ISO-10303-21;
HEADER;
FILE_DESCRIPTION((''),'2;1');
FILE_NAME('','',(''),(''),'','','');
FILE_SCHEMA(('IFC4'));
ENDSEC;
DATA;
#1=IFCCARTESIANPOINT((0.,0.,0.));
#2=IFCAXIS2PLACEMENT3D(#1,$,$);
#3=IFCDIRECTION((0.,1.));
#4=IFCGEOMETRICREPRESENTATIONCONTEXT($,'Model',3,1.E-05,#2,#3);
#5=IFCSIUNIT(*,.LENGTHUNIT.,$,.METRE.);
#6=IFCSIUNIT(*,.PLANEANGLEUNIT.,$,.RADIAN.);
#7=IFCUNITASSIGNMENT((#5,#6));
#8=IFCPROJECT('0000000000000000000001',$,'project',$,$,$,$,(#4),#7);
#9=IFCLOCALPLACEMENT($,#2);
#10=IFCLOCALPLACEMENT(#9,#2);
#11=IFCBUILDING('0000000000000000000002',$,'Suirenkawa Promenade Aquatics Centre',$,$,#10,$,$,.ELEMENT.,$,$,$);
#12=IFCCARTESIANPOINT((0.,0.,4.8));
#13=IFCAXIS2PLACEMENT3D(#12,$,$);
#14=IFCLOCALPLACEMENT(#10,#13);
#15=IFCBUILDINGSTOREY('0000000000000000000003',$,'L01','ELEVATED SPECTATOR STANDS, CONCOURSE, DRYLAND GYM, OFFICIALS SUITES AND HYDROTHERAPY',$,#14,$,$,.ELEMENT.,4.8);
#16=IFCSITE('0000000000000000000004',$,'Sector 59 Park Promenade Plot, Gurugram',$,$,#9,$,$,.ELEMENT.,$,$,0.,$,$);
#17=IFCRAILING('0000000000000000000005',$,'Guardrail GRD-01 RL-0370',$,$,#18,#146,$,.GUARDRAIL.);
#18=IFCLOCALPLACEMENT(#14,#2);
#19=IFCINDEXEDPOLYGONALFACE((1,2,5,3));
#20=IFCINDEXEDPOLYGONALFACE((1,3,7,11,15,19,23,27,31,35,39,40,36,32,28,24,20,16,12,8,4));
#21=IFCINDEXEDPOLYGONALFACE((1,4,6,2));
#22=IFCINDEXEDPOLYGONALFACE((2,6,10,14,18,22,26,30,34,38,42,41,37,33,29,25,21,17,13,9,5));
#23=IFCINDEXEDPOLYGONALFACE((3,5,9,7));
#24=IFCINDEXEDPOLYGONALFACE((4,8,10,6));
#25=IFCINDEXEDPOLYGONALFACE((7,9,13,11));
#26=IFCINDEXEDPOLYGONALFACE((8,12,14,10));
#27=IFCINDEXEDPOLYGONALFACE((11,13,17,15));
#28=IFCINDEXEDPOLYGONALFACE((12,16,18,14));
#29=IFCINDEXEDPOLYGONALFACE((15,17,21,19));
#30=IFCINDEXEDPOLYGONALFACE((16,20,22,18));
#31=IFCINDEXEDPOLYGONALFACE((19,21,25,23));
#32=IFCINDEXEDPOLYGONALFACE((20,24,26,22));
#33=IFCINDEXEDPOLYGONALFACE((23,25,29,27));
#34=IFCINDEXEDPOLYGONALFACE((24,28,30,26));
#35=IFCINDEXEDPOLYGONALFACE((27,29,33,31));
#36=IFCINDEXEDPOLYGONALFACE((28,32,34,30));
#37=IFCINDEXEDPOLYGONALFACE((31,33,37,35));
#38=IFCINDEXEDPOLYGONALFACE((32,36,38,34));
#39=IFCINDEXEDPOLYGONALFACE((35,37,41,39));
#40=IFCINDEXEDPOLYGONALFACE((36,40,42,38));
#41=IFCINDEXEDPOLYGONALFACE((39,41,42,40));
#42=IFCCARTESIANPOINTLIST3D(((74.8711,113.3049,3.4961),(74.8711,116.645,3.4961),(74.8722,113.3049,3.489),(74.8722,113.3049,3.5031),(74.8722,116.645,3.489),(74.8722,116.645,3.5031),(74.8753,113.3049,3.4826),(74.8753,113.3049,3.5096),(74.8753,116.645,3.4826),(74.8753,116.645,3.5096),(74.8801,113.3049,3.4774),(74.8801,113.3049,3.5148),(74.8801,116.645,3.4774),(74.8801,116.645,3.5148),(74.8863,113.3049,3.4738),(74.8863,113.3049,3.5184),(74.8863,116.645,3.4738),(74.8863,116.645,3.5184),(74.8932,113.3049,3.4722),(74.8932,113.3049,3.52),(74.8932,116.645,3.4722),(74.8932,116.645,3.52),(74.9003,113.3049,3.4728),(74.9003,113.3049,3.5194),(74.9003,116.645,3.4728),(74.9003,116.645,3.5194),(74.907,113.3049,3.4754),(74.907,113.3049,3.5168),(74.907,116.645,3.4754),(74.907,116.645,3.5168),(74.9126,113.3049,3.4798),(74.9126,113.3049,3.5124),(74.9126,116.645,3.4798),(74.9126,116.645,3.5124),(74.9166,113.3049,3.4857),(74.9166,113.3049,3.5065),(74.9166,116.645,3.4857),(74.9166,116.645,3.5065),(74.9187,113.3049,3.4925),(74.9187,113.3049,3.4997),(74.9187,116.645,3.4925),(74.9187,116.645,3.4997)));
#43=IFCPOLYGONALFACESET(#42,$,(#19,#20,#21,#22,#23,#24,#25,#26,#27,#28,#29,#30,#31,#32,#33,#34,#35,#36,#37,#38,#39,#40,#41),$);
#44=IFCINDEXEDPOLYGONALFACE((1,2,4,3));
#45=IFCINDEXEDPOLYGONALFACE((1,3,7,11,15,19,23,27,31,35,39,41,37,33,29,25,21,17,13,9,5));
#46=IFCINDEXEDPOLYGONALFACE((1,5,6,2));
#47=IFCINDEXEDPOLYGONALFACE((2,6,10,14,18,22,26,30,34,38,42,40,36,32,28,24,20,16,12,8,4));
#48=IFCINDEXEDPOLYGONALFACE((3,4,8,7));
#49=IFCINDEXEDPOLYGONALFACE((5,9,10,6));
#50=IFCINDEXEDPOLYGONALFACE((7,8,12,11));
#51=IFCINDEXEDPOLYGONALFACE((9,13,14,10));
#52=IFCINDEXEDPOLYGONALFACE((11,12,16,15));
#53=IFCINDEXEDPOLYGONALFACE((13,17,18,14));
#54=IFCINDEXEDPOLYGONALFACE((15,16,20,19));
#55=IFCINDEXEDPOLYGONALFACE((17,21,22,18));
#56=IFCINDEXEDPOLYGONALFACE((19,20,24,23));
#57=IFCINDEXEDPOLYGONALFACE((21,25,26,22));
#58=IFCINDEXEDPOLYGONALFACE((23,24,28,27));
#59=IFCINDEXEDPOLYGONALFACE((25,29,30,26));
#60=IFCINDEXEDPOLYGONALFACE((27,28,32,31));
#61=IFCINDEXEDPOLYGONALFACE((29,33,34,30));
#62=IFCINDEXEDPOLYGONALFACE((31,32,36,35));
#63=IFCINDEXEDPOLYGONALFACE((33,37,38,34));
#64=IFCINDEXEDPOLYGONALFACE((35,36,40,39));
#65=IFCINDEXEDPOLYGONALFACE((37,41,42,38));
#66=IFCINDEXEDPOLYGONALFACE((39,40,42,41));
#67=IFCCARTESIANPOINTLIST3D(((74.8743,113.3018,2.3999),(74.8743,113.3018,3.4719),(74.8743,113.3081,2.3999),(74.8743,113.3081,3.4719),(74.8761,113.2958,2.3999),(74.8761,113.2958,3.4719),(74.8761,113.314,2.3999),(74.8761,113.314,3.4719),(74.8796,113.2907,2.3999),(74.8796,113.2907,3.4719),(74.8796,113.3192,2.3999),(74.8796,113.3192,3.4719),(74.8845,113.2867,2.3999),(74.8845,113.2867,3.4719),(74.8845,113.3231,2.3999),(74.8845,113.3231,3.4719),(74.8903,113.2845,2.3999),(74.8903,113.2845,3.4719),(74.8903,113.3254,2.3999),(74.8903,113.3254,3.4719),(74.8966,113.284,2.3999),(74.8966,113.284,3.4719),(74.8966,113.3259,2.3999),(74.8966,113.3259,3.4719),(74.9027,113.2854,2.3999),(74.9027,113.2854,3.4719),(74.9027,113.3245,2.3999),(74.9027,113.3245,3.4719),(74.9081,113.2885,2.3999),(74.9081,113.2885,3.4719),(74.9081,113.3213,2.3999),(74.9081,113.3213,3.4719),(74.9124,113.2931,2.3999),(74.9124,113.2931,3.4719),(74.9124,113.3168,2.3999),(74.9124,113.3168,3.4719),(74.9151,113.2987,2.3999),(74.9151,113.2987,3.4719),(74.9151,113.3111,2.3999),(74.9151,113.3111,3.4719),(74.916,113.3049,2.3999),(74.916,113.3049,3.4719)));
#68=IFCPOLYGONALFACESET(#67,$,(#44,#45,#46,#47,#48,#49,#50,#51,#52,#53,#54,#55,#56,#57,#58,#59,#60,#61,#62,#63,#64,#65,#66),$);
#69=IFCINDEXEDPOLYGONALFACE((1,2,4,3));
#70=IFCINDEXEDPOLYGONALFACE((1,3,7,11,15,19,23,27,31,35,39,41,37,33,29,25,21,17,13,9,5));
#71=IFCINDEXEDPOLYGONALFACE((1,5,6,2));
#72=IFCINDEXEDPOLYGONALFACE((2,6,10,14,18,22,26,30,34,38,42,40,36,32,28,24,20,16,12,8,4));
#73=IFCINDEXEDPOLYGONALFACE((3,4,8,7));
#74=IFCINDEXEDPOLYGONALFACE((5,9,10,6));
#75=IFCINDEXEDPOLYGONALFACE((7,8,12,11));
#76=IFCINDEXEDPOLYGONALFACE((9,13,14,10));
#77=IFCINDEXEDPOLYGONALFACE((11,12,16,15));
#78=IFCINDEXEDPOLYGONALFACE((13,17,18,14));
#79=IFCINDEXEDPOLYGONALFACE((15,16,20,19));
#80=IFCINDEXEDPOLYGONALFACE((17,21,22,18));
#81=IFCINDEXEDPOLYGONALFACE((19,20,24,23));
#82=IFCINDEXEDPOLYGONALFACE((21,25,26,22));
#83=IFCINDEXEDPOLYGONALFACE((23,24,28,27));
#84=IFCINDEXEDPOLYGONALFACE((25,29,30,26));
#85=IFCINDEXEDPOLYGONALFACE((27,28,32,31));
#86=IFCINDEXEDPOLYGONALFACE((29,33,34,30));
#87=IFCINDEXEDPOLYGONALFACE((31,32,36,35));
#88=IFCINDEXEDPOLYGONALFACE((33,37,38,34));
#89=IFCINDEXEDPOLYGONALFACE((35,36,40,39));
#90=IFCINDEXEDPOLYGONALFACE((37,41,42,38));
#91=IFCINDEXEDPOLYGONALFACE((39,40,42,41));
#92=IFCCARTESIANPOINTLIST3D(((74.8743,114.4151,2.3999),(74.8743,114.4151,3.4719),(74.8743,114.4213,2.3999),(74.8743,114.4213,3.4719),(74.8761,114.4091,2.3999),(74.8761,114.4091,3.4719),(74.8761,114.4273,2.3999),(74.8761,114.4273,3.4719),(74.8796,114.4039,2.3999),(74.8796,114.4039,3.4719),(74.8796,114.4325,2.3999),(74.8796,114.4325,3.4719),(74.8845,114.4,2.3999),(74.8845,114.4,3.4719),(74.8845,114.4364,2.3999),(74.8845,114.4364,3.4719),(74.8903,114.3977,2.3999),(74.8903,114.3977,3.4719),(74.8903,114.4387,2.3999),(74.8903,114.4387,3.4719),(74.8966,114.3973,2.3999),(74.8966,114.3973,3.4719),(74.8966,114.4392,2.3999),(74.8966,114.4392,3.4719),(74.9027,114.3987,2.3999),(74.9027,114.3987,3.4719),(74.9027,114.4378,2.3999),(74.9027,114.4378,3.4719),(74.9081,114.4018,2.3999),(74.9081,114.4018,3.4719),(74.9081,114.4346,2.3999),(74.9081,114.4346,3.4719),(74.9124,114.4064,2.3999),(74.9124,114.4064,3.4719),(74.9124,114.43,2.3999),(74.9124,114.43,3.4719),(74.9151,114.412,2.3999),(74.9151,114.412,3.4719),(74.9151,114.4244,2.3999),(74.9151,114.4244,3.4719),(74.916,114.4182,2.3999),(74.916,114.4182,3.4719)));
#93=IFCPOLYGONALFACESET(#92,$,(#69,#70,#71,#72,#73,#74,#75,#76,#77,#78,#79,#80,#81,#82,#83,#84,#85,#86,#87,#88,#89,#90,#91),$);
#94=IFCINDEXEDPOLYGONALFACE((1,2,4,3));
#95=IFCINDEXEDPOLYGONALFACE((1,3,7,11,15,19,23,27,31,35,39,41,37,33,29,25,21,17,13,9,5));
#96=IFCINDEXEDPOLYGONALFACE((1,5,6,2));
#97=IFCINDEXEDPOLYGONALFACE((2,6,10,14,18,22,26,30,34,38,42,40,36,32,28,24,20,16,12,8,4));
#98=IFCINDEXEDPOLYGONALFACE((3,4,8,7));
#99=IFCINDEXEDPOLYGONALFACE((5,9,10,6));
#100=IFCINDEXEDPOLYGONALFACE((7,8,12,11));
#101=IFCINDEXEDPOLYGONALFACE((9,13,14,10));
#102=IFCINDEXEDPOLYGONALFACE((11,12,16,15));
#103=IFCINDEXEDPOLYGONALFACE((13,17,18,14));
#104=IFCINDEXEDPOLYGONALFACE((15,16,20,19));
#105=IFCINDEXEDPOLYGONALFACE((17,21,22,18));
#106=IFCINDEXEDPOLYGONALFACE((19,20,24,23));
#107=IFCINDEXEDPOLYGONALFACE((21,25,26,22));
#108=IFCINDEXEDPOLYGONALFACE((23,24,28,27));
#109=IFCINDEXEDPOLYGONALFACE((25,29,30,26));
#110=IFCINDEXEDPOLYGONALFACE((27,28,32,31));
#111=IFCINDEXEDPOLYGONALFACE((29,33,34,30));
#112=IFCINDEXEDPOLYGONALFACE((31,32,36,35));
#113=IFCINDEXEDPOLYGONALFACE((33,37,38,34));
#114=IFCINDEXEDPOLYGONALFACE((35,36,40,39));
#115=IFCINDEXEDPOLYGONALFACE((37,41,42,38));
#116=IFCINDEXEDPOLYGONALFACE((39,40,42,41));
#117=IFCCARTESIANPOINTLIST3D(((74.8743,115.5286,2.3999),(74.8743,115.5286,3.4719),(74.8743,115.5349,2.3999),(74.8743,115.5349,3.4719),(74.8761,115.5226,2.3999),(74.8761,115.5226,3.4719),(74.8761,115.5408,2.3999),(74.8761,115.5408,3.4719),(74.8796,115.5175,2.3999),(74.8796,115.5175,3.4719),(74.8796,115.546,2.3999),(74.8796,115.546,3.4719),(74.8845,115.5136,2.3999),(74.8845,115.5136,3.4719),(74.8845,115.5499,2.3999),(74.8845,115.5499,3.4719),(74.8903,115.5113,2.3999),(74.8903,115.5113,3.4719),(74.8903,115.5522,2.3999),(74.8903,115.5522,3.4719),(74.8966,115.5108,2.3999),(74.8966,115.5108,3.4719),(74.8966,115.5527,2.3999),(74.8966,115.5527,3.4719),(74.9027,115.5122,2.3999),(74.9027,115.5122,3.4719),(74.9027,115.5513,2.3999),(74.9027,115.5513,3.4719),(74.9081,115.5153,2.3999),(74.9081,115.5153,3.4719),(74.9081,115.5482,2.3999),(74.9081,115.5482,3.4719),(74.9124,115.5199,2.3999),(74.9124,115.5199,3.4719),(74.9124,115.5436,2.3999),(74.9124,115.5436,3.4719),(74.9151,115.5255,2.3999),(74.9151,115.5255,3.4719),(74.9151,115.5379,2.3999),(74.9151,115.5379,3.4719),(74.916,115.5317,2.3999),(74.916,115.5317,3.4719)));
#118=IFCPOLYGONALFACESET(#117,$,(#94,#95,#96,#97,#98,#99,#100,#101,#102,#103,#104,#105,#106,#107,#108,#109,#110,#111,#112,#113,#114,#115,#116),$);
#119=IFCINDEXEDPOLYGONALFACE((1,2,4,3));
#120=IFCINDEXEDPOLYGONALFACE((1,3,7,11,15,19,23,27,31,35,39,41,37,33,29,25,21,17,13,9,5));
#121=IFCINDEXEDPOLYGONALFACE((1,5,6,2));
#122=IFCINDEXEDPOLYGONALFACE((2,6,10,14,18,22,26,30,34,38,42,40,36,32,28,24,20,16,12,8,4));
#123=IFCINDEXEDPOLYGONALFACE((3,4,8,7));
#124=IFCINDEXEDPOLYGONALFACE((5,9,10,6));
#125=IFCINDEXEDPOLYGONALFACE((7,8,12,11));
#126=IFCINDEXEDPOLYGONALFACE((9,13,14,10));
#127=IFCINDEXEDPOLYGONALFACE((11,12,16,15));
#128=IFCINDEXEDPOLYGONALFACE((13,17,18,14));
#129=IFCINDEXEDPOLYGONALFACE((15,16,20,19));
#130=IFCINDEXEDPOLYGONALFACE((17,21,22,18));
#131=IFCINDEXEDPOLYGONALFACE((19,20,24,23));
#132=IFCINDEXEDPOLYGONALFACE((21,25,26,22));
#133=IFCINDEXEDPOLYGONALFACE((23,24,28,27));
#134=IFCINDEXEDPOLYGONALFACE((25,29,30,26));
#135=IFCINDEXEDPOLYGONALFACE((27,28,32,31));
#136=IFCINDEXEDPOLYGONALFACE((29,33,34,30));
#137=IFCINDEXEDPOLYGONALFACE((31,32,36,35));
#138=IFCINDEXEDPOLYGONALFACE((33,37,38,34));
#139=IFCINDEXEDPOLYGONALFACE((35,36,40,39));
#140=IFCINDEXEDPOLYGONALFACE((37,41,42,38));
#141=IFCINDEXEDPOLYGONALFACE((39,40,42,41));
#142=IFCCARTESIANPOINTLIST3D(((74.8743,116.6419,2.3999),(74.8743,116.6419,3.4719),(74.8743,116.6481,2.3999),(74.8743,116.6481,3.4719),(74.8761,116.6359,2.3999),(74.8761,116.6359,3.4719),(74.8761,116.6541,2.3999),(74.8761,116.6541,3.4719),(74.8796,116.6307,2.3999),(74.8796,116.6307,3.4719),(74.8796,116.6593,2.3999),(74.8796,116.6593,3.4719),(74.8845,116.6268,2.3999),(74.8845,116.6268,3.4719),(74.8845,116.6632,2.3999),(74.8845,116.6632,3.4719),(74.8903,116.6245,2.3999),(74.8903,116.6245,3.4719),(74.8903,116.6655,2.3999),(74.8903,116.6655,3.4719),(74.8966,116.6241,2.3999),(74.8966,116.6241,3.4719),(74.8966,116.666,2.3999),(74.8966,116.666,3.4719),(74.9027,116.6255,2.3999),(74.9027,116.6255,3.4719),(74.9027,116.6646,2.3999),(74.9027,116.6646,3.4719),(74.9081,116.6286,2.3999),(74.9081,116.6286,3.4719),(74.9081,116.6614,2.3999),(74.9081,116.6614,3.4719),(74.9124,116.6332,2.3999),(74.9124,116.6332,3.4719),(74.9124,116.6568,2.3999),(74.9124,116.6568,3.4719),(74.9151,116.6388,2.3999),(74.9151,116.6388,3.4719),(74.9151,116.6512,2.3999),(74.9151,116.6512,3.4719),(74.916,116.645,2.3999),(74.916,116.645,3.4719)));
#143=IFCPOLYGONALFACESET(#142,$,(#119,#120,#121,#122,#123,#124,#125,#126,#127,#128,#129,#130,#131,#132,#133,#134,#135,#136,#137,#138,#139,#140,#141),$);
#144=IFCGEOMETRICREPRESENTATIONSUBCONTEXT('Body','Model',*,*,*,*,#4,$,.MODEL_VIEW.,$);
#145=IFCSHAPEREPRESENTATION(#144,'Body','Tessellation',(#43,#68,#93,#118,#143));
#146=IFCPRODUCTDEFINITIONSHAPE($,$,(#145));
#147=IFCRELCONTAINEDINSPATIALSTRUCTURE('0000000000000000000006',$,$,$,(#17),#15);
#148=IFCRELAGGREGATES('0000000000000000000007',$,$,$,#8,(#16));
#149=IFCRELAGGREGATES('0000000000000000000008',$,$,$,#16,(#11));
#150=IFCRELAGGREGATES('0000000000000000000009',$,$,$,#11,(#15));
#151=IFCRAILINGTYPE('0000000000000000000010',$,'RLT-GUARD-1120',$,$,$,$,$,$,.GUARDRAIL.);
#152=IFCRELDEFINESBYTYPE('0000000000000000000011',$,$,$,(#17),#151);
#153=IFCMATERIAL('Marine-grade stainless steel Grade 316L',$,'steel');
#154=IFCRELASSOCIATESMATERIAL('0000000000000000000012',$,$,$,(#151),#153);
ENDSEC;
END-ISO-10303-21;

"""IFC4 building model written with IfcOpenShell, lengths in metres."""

from ifc_helpers import new_model, si_unit, direction, frame, origin, origin_2d, place, context, subcontext, project, spatial, circle, extrude, material, type_object, element, save


model = new_model("IFC4")

# Units and contexts
model_context = context("Model", 3, precision=1e-05, world=origin(), true_north=direction((0.0, 1.0)))
body_context = subcontext(model_context, "Body", "Model", "MODEL_VIEW")
ifc_project = project(units=[si_unit("LENGTHUNIT", "METRE"), si_unit("PLANEANGLEUNIT", "RADIAN")], contexts=[model_context])

# Site, building, storey
site_placement = place(None, origin())
site = spatial("IfcSite", under=ifc_project, at=site_placement, Name="Sector 59 Park Promenade Plot, Gurugram", CompositionType="ELEMENT", RefElevation=0.0)
building_placement = place(site_placement, origin())
building = spatial("IfcBuilding", under=site, at=building_placement, Name="Suirenkawa Promenade Aquatics Centre", CompositionType="ELEMENT")
storey_placement = place(building_placement, frame((0.0, 0.0, 4.8)))
storey = spatial("IfcBuildingStorey", under=building, at=storey_placement, Name="L01", Description="ELEVATED SPECTATOR STANDS, CONCOURSE, DRYLAND GYM, OFFICIALS SUITES AND HYDROTHERAPY", CompositionType="ELEMENT", Elevation=4.8)

# Railing
ifc_material_1 = material(Name="Marine-grade stainless steel Grade 316L", Category="steel")
railing_type_1 = type_object("IfcRailingType", Name="RLT-GUARD-1120", PredefinedType="GUARDRAIL", material=ifc_material_1)
railing_1_placement = place(storey_placement, frame((74.895, 113.3049, 2.3999)))
element("IfcRailing", 1, at=railing_1_placement, inside=storey, type_object=railing_type_1, Name="Guardrail GRD-01 RL-0370", PredefinedType="GUARDRAIL", context=body_context, shape_type="SweptSolid", body=[
    extrude(circle(Radius=0.0239, at=origin_2d()), frame((0.0, 0.0, 1.0962), z_axis=(0.0, 1.0, 0.0), x_axis=(-1.0, 0.0, 0.0)), (0.0, 0.0, 1.0), 3.3401),
    extrude(circle(Radius=0.021, at=origin_2d()), origin(), (0.0, 0.0, 1.0), 1.072),
    extrude(circle(Radius=0.021, at=origin_2d()), frame((0.0, 1.1133, 0.0)), (0.0, 0.0, 1.0), 1.072),
    extrude(circle(Radius=0.021, at=origin_2d()), frame((0.0, 2.2268, 0.0)), (0.0, 0.0, 1.0), 1.072),
    extrude(circle(Radius=0.021, at=origin_2d()), frame((0.0, 3.3401, 0.0)), (0.0, 0.0, 1.0), 1.072),
])

save(model, "model.ifc")
